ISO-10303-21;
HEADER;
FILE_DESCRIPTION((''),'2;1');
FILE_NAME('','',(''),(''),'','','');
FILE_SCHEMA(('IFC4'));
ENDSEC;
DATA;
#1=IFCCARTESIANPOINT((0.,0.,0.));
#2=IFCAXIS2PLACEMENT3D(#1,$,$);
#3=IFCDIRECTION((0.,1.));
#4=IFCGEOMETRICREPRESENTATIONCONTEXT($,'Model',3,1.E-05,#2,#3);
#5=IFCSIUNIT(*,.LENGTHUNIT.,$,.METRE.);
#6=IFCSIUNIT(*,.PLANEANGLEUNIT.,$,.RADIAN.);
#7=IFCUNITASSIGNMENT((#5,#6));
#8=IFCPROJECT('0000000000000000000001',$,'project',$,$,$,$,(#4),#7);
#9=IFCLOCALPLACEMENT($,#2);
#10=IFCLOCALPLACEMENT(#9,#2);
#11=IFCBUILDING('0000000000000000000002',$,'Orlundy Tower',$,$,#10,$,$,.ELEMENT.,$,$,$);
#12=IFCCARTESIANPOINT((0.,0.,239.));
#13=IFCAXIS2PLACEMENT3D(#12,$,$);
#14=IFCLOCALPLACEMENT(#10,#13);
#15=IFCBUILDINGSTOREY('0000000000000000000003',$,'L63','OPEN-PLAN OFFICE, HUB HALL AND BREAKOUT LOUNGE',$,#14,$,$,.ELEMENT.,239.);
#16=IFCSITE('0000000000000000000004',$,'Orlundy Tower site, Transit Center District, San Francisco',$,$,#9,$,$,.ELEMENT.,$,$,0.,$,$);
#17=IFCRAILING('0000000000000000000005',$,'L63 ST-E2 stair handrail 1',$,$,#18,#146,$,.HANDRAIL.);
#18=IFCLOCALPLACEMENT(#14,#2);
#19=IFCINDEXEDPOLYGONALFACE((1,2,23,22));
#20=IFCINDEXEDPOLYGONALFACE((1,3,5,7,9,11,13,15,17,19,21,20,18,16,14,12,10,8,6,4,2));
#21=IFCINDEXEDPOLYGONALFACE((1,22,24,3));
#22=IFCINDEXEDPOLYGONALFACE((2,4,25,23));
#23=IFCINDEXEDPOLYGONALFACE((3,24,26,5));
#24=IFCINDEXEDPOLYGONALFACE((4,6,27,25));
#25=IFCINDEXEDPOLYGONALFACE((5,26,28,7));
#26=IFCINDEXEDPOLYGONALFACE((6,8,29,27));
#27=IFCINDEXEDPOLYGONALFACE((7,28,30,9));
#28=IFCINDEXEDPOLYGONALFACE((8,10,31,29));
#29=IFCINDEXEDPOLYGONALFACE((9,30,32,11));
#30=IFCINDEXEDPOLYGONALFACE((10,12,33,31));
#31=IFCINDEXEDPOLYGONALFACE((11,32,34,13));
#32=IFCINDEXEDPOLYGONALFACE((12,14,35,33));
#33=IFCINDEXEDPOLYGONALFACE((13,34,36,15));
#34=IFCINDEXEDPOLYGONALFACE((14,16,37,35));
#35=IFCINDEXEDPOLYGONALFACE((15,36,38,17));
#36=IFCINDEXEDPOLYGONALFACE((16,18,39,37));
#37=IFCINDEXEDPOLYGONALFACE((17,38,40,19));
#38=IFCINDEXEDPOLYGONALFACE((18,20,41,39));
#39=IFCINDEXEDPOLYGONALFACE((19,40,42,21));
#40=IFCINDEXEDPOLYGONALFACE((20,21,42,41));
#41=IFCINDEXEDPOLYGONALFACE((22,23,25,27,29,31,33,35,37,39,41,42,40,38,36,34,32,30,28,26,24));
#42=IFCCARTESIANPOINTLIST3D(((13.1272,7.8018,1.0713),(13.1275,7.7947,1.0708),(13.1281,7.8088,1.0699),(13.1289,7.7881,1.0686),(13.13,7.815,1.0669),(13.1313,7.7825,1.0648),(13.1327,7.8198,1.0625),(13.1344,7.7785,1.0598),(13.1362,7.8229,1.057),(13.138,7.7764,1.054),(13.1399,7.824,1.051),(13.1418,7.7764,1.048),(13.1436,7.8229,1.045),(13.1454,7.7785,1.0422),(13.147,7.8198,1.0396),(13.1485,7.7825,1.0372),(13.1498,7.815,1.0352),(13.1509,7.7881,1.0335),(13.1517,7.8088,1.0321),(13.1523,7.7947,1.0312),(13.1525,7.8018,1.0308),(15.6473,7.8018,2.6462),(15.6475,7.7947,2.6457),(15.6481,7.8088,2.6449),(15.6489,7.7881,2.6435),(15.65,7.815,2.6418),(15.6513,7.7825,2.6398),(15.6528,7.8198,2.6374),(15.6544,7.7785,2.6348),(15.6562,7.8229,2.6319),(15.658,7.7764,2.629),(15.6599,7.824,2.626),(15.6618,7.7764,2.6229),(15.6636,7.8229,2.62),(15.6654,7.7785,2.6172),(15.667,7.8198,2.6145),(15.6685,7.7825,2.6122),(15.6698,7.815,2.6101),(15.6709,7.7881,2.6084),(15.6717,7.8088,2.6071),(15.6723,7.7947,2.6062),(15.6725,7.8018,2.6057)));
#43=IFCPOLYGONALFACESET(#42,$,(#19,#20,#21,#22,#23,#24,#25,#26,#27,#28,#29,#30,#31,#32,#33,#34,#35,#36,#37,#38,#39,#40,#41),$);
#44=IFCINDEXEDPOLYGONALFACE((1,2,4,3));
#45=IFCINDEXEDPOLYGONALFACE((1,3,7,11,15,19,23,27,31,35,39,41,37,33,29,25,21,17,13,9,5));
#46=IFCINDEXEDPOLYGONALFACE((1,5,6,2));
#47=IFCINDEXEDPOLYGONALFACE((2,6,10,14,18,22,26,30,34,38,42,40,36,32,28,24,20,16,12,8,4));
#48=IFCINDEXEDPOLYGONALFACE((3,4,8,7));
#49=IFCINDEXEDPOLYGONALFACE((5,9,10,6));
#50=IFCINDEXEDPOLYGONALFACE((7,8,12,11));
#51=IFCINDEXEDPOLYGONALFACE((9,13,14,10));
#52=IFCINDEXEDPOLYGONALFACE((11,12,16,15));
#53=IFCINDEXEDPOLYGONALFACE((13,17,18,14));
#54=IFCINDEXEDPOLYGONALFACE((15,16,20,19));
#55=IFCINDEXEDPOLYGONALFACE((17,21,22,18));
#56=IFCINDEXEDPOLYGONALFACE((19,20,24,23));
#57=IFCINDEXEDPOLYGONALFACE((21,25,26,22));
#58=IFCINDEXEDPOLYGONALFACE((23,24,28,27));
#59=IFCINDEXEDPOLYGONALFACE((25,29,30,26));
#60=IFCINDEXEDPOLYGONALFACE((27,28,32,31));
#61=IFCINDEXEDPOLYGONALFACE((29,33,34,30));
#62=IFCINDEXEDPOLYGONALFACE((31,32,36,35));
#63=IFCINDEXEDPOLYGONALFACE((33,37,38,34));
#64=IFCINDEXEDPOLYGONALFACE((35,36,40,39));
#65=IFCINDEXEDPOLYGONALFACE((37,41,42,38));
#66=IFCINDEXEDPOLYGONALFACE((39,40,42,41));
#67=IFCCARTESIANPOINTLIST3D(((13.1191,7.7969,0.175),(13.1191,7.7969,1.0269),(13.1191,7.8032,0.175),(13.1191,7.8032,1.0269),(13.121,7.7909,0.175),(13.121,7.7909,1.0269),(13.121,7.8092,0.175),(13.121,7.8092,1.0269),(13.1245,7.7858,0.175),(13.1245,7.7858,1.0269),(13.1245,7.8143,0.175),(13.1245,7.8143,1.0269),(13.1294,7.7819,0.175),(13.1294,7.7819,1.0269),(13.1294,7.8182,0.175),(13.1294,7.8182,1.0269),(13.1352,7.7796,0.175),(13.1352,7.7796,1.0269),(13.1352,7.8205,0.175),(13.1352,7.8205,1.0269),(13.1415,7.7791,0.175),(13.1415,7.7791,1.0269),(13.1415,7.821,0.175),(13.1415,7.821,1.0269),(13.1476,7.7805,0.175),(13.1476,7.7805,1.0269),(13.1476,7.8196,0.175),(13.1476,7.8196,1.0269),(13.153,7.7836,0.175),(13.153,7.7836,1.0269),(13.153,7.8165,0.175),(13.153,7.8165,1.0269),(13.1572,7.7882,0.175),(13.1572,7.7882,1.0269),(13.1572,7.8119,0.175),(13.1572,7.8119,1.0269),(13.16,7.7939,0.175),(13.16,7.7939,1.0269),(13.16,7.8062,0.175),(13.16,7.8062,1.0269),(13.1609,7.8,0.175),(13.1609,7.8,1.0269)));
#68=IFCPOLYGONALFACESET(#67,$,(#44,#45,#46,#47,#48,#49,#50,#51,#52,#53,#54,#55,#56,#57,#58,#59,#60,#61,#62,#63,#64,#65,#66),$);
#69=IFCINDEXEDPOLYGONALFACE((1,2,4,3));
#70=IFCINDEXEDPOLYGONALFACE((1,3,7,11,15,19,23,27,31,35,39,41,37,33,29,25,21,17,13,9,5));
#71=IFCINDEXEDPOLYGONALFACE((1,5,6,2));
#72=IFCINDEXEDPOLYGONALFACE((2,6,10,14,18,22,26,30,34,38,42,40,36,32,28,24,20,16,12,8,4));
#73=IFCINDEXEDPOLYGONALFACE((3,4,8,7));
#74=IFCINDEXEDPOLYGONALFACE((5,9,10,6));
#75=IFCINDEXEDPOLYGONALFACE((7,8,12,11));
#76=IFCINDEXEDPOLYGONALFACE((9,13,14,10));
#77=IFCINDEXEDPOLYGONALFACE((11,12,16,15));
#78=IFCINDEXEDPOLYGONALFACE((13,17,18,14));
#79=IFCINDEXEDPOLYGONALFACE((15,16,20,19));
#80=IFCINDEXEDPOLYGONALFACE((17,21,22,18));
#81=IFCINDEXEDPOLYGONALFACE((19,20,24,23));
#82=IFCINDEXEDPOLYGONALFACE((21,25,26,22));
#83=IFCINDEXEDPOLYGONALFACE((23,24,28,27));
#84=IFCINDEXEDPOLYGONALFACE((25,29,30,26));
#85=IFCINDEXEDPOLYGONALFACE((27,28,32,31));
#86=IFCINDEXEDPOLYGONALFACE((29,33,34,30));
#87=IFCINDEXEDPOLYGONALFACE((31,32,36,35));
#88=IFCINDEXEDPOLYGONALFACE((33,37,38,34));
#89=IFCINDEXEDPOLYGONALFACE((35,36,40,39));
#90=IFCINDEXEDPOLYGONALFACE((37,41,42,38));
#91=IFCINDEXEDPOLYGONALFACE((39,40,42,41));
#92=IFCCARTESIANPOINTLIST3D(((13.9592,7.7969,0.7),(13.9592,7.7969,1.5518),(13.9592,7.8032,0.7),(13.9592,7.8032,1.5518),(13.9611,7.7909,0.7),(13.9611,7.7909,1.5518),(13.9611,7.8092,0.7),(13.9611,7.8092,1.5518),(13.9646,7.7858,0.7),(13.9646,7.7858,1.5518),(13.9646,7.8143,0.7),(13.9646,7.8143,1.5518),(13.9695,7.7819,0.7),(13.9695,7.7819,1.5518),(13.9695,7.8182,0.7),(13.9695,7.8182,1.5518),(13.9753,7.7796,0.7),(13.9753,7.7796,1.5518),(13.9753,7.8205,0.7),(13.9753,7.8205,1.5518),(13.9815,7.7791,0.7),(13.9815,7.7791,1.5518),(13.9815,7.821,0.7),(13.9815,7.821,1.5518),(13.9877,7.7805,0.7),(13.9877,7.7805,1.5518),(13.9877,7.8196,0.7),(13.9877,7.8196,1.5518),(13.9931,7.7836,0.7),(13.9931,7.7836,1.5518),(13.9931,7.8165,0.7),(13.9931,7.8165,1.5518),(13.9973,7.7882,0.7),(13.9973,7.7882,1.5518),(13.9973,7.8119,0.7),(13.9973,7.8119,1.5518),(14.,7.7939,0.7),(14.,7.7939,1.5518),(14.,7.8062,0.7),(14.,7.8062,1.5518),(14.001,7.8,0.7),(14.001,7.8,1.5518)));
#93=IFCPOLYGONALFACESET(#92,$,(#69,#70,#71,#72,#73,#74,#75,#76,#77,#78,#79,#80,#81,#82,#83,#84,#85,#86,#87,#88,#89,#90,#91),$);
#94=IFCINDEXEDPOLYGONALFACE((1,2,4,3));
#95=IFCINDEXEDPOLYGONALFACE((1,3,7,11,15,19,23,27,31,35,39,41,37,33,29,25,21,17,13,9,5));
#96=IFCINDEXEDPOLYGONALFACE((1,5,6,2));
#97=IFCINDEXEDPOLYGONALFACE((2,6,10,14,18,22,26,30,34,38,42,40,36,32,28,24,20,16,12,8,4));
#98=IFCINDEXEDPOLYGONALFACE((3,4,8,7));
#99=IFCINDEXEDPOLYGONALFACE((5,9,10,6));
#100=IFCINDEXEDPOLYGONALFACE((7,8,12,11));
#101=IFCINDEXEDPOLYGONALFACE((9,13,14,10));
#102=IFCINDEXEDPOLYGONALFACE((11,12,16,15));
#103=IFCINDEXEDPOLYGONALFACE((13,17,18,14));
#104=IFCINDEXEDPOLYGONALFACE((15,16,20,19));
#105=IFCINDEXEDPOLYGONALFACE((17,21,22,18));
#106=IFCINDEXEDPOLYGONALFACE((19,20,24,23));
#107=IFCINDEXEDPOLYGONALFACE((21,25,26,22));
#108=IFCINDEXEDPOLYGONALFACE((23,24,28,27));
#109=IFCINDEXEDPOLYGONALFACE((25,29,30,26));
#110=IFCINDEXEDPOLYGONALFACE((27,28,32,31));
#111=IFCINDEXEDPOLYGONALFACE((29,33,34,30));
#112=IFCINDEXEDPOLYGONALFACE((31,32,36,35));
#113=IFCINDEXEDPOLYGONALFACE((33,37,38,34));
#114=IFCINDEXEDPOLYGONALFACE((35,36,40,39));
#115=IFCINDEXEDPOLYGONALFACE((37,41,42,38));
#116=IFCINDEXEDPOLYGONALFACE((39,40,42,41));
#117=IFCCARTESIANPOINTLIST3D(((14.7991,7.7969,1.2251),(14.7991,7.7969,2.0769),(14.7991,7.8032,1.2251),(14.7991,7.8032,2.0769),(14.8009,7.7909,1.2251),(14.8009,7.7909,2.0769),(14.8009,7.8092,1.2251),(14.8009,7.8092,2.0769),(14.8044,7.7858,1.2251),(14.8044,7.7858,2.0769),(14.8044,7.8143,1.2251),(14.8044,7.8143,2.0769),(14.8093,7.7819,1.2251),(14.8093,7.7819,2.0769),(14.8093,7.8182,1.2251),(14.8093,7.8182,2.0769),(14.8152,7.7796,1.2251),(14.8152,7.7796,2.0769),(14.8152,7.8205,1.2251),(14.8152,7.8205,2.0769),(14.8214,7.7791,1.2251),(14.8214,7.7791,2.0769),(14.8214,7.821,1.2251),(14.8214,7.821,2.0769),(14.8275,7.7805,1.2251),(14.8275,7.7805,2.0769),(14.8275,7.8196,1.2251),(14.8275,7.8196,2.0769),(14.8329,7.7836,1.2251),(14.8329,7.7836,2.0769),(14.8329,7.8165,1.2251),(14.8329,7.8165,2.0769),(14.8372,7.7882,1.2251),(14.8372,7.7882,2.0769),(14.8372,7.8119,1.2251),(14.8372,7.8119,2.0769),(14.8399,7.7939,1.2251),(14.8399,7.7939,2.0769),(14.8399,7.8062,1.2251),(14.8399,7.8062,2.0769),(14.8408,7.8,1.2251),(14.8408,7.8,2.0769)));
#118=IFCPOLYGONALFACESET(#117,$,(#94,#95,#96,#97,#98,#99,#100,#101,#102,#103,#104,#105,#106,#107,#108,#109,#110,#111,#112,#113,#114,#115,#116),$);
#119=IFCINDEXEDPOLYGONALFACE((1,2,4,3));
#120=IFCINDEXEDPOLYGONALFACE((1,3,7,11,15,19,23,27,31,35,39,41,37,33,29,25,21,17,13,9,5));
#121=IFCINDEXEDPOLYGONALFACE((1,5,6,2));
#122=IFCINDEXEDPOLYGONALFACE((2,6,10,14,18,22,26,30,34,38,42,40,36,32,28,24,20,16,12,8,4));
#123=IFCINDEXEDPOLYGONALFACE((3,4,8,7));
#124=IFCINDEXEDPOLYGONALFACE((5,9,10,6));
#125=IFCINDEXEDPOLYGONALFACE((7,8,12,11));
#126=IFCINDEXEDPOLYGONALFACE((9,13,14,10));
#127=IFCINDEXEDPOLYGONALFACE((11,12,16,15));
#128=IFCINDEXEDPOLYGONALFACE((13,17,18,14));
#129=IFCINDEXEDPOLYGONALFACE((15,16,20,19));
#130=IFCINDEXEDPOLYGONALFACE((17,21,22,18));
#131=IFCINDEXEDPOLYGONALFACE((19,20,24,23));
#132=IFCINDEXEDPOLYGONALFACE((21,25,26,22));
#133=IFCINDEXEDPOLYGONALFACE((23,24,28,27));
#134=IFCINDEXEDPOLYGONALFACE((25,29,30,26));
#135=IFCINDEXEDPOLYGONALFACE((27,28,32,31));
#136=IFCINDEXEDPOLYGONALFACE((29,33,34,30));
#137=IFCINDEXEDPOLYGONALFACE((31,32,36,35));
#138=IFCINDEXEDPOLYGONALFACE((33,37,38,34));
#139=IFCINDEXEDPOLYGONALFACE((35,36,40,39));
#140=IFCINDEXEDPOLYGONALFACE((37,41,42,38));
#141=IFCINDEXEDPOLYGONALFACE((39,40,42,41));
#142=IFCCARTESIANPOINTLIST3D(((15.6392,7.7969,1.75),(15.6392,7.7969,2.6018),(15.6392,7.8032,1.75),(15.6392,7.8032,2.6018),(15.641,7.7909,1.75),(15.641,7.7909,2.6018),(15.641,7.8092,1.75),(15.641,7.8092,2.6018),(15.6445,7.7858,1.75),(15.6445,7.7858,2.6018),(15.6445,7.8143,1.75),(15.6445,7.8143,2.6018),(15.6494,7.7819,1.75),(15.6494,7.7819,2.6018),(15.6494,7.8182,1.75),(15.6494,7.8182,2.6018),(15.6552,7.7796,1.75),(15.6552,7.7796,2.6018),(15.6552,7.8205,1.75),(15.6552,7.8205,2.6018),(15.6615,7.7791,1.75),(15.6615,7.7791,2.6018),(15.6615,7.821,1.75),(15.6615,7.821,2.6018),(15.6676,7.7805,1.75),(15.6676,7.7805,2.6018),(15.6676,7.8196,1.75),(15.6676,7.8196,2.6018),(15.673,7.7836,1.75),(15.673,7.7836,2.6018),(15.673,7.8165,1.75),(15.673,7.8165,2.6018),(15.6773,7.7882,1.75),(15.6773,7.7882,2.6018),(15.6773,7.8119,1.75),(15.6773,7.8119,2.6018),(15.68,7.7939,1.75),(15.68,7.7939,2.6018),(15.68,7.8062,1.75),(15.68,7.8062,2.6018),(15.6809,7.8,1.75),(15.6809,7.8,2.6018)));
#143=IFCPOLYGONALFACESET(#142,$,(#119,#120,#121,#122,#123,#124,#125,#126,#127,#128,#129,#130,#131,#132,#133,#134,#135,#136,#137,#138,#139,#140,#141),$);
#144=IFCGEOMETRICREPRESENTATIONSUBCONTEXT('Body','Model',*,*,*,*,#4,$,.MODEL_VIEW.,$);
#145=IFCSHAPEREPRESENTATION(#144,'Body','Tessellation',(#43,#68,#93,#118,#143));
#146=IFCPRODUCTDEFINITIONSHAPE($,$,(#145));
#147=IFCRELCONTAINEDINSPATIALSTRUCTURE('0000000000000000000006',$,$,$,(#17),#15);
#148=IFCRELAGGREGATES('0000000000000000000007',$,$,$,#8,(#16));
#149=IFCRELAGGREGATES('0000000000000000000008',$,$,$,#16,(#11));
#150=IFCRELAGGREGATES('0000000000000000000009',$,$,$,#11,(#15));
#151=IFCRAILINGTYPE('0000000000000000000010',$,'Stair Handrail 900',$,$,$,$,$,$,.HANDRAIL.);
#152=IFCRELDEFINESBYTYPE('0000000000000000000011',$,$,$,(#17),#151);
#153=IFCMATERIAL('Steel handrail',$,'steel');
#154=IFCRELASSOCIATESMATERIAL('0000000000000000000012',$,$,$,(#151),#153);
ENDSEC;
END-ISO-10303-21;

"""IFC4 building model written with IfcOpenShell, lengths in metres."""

from ifc_helpers import new_model, si_unit, direction, frame, origin, origin_2d, place, context, subcontext, project, spatial, circle, extrude, material, type_object, element, save


model = new_model("IFC4")

# Units and contexts
model_context = context("Model", 3, precision=1e-05, world=origin(), true_north=direction((0.0, 1.0)))
body_context = subcontext(model_context, "Body", "Model", "MODEL_VIEW")
ifc_project = project(units=[si_unit("LENGTHUNIT", "METRE"), si_unit("PLANEANGLEUNIT", "RADIAN")], contexts=[model_context])

# Site, building, storey
site_placement = place(None, origin())
site = spatial("IfcSite", under=ifc_project, at=site_placement, Name="Orlundy Tower site, Transit Center District, San Francisco", CompositionType="ELEMENT", RefElevation=0.0)
building_placement = place(site_placement, origin())
building = spatial("IfcBuilding", under=site, at=building_placement, Name="Orlundy Tower", CompositionType="ELEMENT")
storey_placement = place(building_placement, frame((0.0, 0.0, 239.0)))
storey = spatial("IfcBuildingStorey", under=building, at=storey_placement, Name="L63", Description="OPEN-PLAN OFFICE, HUB HALL AND BREAKOUT LOUNGE", CompositionType="ELEMENT", Elevation=239.0)

# Railing
ifc_material_1 = material(Name="Steel handrail", Category="steel")
railing_type_1 = type_object("IfcRailingType", Name="Stair Handrail 900", PredefinedType="HANDRAIL", material=ifc_material_1)
railing_1_placement = place(storey_placement, frame((13.1399, 7.8, 0.175)))
element("IfcRailing", 1, at=railing_1_placement, inside=storey, type_object=railing_type_1, Name="L63 ST-E2 stair handrail 1", PredefinedType="HANDRAIL", context=body_context, shape_type="SweptSolid", body=[
    extrude(circle(Radius=0.0239, at=origin_2d()), frame((0.0, 0.0, 0.876), z_axis=(0.848008, 0.0, 0.529984), x_axis=(0.0, 1.0, 0.0)), (0.0, 0.0, 1.0), 2.9717),
    extrude(circle(Radius=0.021, at=origin_2d()), origin(), (0.0, 0.0, 1.0), 0.8518),
    extrude(circle(Radius=0.021, at=origin_2d()), frame((0.8401, 0.0, 0.5249)), (0.0, 0.0, 1.0), 0.8518),
    extrude(circle(Radius=0.021, at=origin_2d()), frame((1.6799, 0.0, 1.05)), (0.0, 0.0, 1.0), 0.8518),
    extrude(circle(Radius=0.021, at=origin_2d()), frame((2.52, 0.0, 1.575)), (0.0, 0.0, 1.0), 0.8518),
])

save(model, "model.ifc")
